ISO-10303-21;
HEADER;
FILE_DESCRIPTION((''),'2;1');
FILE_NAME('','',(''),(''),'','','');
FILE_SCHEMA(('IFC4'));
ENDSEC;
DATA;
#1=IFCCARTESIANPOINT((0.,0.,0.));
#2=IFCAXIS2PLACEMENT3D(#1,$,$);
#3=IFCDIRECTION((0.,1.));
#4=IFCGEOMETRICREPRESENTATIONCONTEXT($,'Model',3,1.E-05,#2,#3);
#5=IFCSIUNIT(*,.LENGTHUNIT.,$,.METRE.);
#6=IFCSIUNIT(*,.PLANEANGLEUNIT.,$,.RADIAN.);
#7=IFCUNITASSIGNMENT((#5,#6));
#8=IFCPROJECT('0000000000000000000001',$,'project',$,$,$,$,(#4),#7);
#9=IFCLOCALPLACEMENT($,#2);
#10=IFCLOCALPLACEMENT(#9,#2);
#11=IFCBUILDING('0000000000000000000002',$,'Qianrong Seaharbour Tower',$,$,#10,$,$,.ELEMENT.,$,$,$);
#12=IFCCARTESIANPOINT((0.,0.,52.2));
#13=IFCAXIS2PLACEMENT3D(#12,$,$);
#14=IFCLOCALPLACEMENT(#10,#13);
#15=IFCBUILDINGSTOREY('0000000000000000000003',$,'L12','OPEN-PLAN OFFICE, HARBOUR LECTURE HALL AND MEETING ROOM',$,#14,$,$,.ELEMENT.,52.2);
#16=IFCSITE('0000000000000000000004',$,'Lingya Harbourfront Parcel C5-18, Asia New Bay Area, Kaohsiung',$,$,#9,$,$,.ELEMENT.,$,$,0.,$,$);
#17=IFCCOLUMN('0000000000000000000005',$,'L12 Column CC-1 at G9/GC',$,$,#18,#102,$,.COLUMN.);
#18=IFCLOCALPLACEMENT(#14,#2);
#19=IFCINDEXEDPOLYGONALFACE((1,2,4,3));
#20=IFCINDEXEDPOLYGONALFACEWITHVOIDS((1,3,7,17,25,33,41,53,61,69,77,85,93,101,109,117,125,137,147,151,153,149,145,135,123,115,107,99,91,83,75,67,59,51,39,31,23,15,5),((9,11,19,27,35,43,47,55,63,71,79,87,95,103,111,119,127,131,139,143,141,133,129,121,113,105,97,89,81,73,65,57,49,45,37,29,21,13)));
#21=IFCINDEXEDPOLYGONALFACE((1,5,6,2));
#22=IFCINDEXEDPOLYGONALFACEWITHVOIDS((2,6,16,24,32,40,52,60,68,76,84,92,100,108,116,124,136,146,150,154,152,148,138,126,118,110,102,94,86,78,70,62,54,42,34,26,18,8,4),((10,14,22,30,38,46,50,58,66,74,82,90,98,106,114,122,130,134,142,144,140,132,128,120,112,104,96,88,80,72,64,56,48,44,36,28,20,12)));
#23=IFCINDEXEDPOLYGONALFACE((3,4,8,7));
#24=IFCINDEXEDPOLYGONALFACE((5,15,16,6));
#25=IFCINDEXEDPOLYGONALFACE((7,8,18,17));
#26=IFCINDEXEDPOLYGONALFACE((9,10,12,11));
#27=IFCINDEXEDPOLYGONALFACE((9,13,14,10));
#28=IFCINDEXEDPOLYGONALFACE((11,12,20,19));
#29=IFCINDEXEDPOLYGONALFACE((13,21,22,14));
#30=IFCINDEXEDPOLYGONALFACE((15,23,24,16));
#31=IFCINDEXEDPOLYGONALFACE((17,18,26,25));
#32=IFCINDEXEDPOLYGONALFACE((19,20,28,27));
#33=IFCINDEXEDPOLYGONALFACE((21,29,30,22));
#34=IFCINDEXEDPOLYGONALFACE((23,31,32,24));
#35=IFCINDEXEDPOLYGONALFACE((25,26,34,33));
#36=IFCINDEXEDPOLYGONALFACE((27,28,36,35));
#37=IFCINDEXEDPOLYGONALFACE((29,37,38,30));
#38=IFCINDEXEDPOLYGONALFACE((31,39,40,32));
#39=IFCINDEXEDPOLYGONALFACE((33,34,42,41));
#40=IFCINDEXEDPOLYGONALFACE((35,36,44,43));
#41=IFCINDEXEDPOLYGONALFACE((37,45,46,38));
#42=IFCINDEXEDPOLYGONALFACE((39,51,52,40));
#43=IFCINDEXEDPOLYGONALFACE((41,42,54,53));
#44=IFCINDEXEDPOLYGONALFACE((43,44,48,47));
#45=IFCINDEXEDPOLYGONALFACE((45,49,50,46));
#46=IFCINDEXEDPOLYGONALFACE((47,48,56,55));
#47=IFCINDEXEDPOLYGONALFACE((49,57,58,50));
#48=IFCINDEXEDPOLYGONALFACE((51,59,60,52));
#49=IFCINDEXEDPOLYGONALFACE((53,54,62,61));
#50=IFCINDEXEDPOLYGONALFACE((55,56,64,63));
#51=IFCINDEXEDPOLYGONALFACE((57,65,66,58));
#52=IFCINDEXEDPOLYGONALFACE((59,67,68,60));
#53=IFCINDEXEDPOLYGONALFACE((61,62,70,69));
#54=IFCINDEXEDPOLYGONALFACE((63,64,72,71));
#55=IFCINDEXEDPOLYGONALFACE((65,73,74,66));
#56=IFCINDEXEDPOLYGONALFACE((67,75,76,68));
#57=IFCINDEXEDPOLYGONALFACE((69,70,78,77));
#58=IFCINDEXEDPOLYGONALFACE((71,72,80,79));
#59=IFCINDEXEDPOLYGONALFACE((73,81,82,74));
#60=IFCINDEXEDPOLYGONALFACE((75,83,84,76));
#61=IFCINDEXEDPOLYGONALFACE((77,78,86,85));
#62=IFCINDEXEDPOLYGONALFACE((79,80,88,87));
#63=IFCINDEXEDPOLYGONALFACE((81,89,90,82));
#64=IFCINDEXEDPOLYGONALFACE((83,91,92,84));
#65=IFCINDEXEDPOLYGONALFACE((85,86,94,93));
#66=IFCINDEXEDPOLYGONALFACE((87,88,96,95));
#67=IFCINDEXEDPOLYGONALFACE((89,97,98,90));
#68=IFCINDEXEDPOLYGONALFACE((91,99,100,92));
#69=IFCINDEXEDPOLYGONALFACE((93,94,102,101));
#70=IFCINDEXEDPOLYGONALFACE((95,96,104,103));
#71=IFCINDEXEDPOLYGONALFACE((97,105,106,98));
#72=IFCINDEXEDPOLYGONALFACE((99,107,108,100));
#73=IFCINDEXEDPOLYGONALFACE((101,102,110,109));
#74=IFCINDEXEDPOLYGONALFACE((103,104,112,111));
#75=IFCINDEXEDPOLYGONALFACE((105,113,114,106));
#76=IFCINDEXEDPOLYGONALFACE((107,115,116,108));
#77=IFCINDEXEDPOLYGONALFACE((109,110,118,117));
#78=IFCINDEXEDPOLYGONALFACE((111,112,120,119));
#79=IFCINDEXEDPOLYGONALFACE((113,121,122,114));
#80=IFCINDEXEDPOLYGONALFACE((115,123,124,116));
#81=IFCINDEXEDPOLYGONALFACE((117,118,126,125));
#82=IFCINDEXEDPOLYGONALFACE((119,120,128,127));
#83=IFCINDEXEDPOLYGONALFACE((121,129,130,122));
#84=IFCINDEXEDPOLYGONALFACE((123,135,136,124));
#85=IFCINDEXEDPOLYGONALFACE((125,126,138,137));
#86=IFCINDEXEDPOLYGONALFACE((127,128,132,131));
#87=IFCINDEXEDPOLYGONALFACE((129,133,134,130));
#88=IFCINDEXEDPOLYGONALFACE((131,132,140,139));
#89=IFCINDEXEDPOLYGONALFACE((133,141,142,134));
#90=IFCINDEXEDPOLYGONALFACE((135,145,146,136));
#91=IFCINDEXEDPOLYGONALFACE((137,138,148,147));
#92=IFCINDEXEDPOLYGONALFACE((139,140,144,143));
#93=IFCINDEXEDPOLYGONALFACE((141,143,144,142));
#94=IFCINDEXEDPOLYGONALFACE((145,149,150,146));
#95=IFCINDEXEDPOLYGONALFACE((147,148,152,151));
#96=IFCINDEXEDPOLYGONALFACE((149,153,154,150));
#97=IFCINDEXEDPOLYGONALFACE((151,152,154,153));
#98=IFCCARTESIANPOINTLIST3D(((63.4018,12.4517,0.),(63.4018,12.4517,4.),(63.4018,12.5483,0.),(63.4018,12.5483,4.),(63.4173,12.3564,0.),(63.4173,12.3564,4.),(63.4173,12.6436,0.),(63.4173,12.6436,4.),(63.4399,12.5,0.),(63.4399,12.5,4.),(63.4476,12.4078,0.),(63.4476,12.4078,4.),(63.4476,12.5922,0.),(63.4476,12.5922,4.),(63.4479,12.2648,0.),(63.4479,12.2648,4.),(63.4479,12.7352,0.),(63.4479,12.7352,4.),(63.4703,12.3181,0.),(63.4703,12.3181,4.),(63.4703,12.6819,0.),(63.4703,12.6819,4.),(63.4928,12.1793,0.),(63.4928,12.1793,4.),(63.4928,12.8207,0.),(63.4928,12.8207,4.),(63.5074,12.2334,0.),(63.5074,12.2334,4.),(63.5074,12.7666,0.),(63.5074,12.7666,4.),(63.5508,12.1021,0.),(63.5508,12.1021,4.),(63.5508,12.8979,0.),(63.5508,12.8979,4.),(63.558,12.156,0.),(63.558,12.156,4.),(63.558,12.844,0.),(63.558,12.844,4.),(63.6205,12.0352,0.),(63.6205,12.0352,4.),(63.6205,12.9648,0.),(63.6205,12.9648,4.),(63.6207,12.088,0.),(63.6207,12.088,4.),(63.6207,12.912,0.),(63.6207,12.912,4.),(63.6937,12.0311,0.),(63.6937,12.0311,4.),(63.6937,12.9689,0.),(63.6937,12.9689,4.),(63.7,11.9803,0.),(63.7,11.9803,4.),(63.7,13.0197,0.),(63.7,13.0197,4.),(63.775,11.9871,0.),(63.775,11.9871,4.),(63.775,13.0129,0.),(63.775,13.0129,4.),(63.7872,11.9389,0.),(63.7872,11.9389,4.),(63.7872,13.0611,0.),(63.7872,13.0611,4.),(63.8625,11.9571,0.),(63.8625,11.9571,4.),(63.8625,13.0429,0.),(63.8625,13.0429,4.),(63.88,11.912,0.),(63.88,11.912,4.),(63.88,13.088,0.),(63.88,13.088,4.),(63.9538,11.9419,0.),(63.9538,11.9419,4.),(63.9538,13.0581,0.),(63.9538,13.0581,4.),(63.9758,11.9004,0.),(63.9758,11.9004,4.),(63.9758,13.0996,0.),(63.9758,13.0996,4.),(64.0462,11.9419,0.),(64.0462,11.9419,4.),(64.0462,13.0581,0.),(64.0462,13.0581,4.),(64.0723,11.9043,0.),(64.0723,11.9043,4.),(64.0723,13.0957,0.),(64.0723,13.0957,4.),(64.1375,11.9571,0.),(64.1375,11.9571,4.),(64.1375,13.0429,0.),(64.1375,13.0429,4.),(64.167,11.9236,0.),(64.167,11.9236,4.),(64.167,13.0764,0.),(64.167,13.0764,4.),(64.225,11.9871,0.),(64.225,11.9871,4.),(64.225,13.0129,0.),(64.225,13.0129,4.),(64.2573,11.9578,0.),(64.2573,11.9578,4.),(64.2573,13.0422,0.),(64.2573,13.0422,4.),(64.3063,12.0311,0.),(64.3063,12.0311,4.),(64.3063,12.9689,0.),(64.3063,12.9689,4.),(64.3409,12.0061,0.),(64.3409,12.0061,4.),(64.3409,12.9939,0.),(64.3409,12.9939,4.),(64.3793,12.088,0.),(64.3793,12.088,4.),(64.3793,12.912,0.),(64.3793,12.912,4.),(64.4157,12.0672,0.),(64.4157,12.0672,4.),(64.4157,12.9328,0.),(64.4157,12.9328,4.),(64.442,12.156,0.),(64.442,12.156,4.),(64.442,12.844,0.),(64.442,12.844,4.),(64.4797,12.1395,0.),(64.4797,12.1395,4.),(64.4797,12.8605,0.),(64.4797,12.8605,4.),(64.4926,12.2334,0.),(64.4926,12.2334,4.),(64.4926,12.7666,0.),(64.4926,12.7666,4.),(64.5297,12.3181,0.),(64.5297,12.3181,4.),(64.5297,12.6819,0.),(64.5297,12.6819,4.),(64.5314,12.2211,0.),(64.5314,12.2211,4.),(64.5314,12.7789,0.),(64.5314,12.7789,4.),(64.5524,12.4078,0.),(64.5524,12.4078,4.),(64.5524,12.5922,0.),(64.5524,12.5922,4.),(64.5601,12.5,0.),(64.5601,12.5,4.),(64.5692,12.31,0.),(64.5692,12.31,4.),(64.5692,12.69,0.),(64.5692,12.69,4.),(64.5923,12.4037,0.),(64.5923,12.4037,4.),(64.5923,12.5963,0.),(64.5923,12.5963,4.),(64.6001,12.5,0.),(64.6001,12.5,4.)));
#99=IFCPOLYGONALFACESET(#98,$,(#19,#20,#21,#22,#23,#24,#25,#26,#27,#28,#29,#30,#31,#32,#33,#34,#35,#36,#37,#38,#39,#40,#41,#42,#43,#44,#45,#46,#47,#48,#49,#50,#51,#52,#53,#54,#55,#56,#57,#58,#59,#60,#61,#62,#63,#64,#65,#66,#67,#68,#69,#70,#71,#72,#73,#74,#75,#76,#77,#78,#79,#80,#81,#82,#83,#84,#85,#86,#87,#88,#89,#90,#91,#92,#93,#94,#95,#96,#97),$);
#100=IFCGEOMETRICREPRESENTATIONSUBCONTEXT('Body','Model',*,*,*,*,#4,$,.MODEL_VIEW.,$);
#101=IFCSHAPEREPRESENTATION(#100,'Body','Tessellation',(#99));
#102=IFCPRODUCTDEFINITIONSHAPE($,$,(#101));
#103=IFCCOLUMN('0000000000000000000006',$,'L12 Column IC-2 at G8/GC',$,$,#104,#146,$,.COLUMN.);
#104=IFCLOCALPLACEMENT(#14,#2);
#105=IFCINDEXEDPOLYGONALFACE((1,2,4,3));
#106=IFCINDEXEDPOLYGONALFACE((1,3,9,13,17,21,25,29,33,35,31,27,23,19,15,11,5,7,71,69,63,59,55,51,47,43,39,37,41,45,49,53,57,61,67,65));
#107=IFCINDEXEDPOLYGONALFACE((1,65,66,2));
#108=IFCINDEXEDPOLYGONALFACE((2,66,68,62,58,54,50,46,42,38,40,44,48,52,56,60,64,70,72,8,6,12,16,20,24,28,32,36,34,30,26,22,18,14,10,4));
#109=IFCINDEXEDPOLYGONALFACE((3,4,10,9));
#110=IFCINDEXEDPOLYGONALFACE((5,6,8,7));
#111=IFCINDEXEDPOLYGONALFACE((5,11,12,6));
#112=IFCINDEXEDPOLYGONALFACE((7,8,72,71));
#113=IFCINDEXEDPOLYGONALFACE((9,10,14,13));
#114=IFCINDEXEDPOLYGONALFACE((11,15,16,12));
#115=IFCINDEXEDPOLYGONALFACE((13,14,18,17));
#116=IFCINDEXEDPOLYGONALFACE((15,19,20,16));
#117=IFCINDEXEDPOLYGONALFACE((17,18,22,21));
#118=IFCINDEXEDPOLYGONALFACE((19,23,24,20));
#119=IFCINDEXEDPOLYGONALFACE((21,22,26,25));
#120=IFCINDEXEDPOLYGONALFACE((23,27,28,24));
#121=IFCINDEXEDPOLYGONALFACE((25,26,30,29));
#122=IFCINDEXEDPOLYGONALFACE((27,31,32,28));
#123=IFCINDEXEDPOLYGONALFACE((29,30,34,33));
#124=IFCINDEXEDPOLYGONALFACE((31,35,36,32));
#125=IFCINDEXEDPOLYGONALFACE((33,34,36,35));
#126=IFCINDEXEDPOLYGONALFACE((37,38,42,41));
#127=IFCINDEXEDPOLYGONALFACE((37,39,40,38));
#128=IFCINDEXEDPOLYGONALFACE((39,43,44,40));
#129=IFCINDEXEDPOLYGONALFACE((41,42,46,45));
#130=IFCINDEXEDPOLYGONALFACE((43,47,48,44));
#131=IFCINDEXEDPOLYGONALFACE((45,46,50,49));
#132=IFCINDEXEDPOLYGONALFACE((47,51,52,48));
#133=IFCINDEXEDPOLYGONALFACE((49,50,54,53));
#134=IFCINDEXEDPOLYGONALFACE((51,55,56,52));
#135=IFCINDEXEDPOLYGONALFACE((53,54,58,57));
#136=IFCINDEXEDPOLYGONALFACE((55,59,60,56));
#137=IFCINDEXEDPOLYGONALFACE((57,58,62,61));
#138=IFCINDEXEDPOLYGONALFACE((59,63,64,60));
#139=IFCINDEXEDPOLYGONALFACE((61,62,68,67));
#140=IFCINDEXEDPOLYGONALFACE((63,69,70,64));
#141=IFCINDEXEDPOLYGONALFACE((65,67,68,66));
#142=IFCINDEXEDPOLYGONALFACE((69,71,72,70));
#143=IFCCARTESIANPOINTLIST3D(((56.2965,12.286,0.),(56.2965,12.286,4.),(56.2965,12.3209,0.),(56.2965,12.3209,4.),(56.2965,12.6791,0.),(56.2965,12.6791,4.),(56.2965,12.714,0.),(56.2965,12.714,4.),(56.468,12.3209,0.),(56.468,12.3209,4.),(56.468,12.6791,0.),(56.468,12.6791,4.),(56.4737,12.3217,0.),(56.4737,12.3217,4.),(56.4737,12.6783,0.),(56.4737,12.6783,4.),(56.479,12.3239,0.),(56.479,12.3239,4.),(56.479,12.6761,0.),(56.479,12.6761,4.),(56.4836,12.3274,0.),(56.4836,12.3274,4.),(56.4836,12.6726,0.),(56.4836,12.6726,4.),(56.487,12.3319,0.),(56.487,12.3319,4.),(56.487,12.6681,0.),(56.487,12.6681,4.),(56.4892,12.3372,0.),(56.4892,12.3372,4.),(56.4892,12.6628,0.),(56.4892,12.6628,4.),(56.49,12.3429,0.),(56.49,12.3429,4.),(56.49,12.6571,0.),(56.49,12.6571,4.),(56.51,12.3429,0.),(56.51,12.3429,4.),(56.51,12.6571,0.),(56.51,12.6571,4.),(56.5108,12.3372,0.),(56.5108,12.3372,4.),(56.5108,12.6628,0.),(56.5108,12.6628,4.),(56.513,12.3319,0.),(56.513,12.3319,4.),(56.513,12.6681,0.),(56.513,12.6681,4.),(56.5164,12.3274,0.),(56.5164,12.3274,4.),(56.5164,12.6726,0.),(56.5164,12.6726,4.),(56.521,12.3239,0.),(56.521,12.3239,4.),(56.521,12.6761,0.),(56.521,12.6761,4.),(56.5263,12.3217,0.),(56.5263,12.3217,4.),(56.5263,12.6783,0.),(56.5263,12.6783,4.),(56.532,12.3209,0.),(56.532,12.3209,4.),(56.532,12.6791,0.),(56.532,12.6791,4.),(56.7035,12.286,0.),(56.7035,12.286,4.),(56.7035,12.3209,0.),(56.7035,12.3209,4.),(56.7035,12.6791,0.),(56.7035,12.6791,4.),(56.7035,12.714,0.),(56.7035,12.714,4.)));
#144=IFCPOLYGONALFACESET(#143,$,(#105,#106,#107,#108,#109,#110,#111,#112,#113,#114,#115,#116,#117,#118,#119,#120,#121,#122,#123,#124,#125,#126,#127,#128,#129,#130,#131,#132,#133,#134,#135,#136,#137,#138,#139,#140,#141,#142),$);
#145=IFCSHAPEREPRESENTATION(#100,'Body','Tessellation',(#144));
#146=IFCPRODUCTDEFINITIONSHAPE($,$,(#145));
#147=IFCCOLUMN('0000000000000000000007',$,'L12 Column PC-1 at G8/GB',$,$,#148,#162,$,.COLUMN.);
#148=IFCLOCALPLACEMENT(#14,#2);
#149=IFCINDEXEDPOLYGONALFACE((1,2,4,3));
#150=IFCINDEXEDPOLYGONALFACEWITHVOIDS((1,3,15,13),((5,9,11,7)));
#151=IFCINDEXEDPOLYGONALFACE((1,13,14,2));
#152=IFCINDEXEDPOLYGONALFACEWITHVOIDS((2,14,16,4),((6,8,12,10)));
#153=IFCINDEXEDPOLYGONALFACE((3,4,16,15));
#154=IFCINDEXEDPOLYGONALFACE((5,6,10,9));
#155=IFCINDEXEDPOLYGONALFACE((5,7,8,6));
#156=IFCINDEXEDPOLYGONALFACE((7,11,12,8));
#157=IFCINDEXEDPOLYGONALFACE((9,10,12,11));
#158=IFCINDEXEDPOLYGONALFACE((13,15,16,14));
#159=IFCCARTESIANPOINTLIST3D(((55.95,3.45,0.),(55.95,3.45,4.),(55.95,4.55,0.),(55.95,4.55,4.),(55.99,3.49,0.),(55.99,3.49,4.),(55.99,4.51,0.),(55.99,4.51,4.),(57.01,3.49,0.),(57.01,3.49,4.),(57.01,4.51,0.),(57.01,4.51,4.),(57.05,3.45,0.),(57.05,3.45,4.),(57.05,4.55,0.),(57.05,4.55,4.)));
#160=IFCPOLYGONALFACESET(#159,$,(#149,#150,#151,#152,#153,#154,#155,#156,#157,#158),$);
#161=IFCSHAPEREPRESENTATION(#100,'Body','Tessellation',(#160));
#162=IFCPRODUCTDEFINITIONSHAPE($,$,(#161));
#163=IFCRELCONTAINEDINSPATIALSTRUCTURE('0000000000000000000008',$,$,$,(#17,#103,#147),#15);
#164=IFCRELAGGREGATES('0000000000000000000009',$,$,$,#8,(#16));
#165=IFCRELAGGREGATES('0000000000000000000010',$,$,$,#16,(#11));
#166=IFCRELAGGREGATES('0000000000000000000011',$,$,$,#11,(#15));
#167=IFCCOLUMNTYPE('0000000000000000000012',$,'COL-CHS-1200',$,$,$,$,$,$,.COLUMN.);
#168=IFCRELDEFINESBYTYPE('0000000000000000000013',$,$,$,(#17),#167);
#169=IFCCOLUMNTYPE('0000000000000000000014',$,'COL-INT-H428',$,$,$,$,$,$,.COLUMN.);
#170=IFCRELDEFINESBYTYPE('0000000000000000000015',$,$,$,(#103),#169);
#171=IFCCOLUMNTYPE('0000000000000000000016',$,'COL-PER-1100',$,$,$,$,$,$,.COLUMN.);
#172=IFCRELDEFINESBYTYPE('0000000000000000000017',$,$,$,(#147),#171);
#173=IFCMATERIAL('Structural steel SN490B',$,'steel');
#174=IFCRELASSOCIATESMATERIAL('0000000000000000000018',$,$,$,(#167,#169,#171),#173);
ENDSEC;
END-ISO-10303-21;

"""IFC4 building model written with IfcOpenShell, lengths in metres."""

from ifc_helpers import new_model, si_unit, direction, frame, origin, origin_2d, place, context, subcontext, project, spatial, hollow_rectangle, hollow_circle, i_section, extrude, material, material_profile, profile_set, type_object, element, save


model = new_model("IFC4")

# Units and contexts
model_context = context("Model", 3, precision=1e-05, world=origin(), true_north=direction((0.0, 1.0)))
body_context = subcontext(model_context, "Body", "Model", "MODEL_VIEW")
ifc_project = project(units=[si_unit("LENGTHUNIT", "METRE"), si_unit("PLANEANGLEUNIT", "RADIAN")], contexts=[model_context])

# Site, building, storey
site_placement = place(None, origin())
site = spatial("IfcSite", under=ifc_project, at=site_placement, Name="Lingya Harbourfront Parcel C5-18, Asia New Bay Area, Kaohsiung", CompositionType="ELEMENT", RefElevation=0.0)
building_placement = place(site_placement, origin())
building = spatial("IfcBuilding", under=site, at=building_placement, Name="Qianrong Seaharbour Tower", CompositionType="ELEMENT")
storey_placement = place(building_placement, frame((0.0, 0.0, 52.2)))
storey = spatial("IfcBuildingStorey", under=building, at=storey_placement, Name="L12", Description="OPEN-PLAN OFFICE, HARBOUR LECTURE HALL AND MEETING ROOM", CompositionType="ELEMENT", Elevation=52.2)

# Columns
ifc_material_1 = material(Name="Structural steel SN490B", Category="steel")
ifc_material_profile_1 = material_profile(ifc_material_1, hollow_circle(Radius=0.6001, WallThickness=0.04, at=origin_2d()), Name="CHS1200x40")
ifc_profile_set_1 = profile_set([ifc_material_profile_1], Name="Structural steel SN490B")
column_type_1 = type_object("IfcColumnType", Name="COL-CHS-1200", PredefinedType="COLUMN", material=ifc_profile_set_1)
column_1_placement = place(storey_placement, frame((64.0, 12.5, 0.0), z_axis=(0.0, 0.0, 1.0), x_axis=(1.0, 0.0, 0.0)))
element("IfcColumn", 1, at=column_1_placement, inside=storey, type_object=column_type_1, Name="L12 Column CC-1 at G9/GC", PredefinedType="COLUMN", context=body_context, shape_type="SweptSolid", body=[
    extrude(hollow_circle(Radius=0.6001, WallThickness=0.04, at=origin_2d()), origin(), (0.0, 0.0, 1.0), 4.0),
])
ifc_material_profile_2 = material_profile(ifc_material_1, i_section(OverallWidth=0.407, OverallDepth=0.428, WebThickness=0.02, FlangeThickness=0.0349, FilletRadius=0.022, at=origin_2d()), Name="H428x407x20x35")
ifc_profile_set_2 = profile_set([ifc_material_profile_2], Name="Structural steel SN490B")
column_type_2 = type_object("IfcColumnType", Name="COL-INT-H428", PredefinedType="COLUMN", material=ifc_profile_set_2)
column_2_placement = place(storey_placement, frame((56.5, 12.5, 0.0), z_axis=(0.0, 0.0, 1.0), x_axis=(1.0, 0.0, 0.0)))
element("IfcColumn", 2, at=column_2_placement, inside=storey, type_object=column_type_2, Name="L12 Column IC-2 at G8/GC", PredefinedType="COLUMN", context=body_context, shape_type="SweptSolid", body=[
    extrude(i_section(OverallWidth=0.407, OverallDepth=0.428, WebThickness=0.02, FlangeThickness=0.0349, FilletRadius=0.022, at=origin_2d()), origin(), (0.0, 0.0, 1.0), 4.0),
])
ifc_material_profile_3 = material_profile(ifc_material_1, hollow_rectangle(XDim=1.1001, YDim=1.1001, WallThickness=0.04, at=origin_2d()), Name="BOX1100x1100x40")
ifc_profile_set_3 = profile_set([ifc_material_profile_3], Name="Structural steel SN490B")
column_type_3 = type_object("IfcColumnType", Name="COL-PER-1100", PredefinedType="COLUMN", material=ifc_profile_set_3)
column_3_placement = place(storey_placement, frame((56.5, 4.0, 0.0), z_axis=(0.0, 0.0, 1.0), x_axis=(1.0, 0.0, 0.0)))
element("IfcColumn", 3, at=column_3_placement, inside=storey, type_object=column_type_3, Name="L12 Column PC-1 at G8/GB", PredefinedType="COLUMN", context=body_context, shape_type="SweptSolid", body=[
    extrude(hollow_rectangle(XDim=1.1001, YDim=1.1001, WallThickness=0.04, at=origin_2d()), origin(), (0.0, 0.0, 1.0), 4.0),
])

save(model, "model.ifc")
